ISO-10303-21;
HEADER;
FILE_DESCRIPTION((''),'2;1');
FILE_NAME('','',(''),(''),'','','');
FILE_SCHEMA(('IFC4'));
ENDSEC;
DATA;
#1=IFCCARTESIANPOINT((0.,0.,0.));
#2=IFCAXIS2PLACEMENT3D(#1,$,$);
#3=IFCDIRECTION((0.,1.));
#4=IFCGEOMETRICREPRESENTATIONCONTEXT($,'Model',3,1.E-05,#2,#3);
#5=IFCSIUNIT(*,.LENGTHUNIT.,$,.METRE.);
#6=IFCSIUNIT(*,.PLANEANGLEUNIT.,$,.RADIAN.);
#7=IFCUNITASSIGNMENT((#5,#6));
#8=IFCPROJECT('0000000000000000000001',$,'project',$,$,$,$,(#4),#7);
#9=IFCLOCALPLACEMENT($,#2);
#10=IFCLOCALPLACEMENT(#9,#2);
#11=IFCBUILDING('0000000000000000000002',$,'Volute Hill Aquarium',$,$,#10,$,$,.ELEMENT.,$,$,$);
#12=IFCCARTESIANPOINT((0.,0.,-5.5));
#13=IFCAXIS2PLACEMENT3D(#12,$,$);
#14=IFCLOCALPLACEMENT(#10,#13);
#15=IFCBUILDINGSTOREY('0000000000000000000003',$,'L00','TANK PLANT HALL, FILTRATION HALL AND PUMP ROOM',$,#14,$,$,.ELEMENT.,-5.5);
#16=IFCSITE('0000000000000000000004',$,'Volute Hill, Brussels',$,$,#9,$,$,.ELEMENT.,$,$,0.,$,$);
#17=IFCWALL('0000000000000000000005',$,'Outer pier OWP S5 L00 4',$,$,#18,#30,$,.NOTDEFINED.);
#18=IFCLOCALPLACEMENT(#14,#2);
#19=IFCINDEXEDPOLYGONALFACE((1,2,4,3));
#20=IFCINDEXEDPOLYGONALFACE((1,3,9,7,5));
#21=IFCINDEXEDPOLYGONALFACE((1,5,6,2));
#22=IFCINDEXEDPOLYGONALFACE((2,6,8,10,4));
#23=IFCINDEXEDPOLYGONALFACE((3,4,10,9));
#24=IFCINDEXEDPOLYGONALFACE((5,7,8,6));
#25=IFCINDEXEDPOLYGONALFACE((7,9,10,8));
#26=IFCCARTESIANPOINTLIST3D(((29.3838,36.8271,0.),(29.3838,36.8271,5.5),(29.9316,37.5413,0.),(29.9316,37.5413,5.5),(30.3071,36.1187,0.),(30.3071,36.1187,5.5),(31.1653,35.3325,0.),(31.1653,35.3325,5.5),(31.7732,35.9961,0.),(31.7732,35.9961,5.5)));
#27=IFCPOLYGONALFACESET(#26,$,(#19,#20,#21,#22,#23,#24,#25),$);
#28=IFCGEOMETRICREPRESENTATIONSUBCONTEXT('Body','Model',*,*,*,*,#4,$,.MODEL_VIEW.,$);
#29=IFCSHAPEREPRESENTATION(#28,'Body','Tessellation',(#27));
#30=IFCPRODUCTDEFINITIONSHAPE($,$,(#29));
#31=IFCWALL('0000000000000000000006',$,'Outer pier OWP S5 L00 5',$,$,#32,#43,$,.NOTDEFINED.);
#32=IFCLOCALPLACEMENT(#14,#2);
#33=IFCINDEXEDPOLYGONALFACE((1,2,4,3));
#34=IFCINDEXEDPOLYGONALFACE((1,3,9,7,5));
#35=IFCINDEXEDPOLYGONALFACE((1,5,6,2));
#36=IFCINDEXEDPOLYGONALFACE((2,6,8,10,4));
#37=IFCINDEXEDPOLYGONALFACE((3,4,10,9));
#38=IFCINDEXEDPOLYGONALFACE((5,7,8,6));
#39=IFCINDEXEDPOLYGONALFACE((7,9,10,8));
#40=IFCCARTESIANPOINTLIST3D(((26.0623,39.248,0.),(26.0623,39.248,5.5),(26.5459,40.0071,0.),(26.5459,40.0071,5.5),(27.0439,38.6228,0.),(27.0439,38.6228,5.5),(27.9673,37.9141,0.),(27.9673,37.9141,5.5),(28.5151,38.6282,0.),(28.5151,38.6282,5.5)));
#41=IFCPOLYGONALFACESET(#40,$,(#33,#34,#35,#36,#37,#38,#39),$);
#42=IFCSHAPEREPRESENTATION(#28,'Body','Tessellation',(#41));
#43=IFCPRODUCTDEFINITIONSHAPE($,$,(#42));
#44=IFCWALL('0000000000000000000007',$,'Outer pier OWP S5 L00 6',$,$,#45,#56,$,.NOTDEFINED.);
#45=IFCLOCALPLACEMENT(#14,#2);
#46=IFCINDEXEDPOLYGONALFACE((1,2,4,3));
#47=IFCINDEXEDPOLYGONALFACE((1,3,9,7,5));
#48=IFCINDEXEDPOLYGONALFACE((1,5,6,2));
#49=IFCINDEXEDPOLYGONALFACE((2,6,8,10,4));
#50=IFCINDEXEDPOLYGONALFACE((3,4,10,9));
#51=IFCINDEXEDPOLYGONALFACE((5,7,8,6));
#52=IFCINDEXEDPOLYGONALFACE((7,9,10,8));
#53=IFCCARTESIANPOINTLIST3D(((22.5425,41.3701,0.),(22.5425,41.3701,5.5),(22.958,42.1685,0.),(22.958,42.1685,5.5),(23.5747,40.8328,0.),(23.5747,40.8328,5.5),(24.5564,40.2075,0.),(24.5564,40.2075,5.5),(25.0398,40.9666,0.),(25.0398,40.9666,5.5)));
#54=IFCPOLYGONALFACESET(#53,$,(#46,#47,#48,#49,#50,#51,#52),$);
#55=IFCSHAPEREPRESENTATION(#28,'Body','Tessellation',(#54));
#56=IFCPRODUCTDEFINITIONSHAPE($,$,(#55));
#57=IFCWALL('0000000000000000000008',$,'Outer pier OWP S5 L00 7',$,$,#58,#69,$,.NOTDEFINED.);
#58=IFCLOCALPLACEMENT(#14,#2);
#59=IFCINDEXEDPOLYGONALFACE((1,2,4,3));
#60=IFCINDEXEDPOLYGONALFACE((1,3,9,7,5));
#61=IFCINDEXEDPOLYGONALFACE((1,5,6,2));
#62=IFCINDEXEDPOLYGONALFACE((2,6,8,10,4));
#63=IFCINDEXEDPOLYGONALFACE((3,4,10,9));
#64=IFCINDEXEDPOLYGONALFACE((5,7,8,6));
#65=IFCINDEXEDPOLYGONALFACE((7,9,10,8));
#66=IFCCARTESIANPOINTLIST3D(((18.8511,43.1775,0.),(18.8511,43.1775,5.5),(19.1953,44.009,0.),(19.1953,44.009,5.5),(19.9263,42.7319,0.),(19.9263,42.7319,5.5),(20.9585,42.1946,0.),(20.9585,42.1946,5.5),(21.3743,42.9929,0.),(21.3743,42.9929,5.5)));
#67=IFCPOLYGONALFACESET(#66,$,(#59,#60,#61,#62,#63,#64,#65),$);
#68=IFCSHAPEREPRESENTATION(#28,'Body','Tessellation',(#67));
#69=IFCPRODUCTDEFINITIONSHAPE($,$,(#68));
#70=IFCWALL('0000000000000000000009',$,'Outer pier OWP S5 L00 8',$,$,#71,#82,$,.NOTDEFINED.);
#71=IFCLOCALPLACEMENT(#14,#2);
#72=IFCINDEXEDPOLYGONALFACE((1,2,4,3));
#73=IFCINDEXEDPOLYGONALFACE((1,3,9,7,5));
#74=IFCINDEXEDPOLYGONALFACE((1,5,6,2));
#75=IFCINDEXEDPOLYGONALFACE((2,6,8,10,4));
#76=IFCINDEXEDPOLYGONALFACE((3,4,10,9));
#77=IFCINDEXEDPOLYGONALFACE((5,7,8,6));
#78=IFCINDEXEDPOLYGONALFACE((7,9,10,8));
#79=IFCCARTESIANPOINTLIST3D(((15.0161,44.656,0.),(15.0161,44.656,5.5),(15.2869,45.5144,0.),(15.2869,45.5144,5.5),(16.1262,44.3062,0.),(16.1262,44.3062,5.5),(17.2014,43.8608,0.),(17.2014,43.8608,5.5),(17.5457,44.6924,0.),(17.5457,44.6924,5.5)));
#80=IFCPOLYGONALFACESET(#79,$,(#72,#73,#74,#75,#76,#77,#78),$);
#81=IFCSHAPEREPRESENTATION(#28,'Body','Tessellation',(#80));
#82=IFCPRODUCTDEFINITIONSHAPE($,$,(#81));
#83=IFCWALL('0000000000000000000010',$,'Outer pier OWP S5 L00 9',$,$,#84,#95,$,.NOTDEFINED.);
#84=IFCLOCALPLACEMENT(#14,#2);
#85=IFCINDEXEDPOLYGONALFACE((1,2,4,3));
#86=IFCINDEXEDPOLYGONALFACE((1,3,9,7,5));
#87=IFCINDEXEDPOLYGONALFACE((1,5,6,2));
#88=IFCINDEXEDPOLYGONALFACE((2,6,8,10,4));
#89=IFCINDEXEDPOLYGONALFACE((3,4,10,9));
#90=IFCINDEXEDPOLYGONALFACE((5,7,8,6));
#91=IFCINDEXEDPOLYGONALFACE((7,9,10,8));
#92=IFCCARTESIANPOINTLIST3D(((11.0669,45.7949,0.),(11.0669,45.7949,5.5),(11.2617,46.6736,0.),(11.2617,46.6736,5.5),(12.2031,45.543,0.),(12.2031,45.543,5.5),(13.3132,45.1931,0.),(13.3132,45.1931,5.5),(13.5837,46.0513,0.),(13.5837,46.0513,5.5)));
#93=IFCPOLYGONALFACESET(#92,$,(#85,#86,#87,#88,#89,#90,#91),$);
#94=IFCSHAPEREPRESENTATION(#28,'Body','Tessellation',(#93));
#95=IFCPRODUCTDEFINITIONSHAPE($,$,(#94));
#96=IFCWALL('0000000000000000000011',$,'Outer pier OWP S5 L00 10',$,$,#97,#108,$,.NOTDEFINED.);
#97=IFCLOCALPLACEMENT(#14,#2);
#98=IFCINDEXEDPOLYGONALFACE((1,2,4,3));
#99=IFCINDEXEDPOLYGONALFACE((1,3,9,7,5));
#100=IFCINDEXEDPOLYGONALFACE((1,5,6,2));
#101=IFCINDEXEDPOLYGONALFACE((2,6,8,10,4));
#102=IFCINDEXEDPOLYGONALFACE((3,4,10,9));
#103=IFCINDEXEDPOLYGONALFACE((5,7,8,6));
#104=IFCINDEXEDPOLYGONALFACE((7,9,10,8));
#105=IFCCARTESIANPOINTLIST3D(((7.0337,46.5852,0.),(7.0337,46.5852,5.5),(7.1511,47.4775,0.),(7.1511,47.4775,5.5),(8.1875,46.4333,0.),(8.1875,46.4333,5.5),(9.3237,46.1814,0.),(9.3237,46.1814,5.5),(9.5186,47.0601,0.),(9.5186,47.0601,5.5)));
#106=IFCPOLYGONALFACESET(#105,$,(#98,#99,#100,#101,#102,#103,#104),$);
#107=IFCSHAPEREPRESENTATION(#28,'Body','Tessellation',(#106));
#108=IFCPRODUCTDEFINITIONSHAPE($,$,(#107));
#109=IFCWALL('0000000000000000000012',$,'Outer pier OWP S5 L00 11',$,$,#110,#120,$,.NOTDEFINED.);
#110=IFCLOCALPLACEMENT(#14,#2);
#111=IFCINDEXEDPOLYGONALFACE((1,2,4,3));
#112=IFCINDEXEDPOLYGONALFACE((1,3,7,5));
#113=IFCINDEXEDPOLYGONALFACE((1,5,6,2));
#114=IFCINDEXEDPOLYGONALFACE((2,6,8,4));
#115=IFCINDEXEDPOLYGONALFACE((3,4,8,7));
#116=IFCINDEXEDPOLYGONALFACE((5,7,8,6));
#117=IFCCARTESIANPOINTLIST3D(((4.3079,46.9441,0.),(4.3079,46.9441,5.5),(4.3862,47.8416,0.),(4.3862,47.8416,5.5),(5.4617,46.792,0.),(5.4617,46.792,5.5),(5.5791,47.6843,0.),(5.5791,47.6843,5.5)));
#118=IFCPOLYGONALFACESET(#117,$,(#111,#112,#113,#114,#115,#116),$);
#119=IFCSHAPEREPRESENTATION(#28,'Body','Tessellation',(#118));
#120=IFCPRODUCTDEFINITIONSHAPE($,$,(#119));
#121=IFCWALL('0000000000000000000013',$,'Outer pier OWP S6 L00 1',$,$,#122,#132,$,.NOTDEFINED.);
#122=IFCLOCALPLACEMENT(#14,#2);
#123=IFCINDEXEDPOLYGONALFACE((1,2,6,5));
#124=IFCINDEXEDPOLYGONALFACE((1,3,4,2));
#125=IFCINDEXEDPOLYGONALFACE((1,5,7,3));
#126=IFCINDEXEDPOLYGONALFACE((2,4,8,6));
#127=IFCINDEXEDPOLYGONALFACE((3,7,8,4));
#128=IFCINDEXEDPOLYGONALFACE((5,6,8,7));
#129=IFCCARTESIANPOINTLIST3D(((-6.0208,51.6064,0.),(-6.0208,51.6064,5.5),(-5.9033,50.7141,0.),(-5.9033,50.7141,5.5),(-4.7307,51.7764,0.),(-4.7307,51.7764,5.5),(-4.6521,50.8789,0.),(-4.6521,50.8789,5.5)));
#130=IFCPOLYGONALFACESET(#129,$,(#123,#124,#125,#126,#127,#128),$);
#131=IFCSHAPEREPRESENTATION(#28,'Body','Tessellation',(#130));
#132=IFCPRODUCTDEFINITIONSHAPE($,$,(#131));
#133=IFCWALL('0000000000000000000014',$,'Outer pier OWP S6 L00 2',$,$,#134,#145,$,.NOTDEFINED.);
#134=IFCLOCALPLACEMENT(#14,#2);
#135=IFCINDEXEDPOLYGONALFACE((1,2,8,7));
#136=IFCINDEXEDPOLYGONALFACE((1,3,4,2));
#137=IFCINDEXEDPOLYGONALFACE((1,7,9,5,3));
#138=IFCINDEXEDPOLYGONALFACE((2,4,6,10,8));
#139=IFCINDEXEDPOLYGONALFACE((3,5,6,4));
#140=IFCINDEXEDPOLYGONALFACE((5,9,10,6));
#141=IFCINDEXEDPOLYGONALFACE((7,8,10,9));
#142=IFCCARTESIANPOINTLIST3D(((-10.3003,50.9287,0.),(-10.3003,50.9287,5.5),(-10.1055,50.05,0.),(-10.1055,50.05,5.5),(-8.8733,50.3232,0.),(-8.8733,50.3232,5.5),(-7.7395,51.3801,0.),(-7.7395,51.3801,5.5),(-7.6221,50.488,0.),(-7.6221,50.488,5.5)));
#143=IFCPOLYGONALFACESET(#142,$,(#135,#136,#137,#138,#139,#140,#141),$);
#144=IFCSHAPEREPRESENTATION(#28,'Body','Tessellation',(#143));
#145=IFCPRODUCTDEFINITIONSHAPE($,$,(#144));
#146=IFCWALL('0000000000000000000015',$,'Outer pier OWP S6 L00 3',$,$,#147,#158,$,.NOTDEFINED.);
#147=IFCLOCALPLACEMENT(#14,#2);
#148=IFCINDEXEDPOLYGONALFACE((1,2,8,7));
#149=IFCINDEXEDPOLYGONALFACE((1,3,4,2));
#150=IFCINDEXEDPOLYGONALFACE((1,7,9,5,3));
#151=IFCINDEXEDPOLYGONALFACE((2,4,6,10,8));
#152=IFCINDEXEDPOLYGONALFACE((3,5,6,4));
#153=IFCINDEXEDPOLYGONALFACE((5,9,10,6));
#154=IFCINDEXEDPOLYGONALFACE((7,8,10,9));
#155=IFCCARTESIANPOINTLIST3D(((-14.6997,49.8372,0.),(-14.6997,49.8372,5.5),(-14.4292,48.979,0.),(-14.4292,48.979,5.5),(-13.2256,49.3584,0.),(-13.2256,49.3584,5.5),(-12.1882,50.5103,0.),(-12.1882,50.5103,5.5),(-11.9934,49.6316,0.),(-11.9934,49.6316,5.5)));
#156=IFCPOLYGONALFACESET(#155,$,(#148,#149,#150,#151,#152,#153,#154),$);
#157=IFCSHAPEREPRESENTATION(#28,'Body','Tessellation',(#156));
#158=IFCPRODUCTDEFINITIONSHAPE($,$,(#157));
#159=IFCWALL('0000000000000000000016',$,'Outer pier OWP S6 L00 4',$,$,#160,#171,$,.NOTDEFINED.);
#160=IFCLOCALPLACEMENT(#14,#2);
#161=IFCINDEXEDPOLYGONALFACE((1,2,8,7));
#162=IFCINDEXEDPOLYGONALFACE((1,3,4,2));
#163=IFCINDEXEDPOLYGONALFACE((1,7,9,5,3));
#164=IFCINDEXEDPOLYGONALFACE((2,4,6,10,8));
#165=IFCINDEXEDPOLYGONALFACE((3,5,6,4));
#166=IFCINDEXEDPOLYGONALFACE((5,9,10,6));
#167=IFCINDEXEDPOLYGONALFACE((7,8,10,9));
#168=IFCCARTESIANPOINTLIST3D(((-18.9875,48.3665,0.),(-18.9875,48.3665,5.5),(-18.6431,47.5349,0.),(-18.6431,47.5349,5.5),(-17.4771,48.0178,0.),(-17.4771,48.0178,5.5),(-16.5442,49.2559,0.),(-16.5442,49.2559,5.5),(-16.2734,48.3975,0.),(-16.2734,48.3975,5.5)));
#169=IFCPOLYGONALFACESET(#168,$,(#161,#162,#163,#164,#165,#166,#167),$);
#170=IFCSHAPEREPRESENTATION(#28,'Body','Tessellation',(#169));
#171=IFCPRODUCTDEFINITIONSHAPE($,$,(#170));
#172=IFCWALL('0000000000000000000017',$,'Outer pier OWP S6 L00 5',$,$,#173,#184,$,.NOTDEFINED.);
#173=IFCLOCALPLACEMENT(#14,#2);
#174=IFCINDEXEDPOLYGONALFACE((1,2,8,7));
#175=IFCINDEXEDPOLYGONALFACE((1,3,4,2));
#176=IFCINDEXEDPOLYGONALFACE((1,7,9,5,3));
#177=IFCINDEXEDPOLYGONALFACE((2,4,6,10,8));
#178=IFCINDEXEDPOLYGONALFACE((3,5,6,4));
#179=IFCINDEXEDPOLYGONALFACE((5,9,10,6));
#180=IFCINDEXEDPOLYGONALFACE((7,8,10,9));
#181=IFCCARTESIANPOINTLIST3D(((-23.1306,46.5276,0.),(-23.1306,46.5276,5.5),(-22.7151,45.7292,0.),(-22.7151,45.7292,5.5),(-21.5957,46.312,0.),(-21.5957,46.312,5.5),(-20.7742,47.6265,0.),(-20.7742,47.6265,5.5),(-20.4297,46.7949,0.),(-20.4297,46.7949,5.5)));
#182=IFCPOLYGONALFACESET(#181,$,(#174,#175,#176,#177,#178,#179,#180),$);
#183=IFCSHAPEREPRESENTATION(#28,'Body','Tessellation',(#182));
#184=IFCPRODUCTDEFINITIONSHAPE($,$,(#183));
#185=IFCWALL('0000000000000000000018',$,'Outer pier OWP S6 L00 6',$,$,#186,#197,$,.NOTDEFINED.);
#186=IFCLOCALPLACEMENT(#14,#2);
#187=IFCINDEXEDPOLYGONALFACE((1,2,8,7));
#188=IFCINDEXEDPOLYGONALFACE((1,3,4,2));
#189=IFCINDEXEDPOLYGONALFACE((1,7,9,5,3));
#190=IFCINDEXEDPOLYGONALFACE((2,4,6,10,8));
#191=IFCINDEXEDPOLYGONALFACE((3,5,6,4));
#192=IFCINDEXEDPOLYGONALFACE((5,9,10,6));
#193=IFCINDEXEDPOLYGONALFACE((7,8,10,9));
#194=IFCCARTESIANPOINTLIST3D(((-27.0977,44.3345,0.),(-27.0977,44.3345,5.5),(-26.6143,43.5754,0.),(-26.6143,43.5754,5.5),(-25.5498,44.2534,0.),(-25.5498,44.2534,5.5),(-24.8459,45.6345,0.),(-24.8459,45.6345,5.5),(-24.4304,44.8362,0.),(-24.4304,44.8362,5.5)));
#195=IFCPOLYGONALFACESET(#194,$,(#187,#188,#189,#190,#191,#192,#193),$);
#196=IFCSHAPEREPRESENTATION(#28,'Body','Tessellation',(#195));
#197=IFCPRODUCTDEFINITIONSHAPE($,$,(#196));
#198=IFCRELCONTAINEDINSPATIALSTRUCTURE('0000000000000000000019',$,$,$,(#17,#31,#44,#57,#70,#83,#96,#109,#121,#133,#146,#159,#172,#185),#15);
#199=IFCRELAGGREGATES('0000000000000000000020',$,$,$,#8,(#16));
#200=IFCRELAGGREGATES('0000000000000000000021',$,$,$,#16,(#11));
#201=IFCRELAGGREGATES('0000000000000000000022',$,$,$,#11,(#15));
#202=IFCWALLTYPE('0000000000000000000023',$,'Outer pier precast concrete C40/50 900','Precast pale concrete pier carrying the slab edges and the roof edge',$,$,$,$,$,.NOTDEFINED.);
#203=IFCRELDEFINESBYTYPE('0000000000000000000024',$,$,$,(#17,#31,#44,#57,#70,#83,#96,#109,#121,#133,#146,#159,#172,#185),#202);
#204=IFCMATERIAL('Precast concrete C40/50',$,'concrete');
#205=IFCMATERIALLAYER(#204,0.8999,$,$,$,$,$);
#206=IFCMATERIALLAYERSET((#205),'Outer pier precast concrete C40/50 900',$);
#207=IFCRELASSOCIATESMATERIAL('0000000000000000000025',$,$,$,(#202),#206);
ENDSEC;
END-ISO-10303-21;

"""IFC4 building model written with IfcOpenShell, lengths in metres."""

from ifc_helpers import new_model, si_unit, direction, frame, origin, place, context, subcontext, project, spatial, polyline, outline, extrude, material, layer, layer_set, type_object, element, save


model = new_model("IFC4")

# Units and contexts
model_context = context("Model", 3, precision=1e-05, world=origin(), true_north=direction((0.0, 1.0)))
body_context = subcontext(model_context, "Body", "Model", "MODEL_VIEW")
ifc_project = project(units=[si_unit("LENGTHUNIT", "METRE"), si_unit("PLANEANGLEUNIT", "RADIAN")], contexts=[model_context])

# Site, building, storey
site_placement = place(None, origin())
site = spatial("IfcSite", under=ifc_project, at=site_placement, Name="Volute Hill, Brussels", CompositionType="ELEMENT", RefElevation=0.0)
building_placement = place(site_placement, origin())
building = spatial("IfcBuilding", under=site, at=building_placement, Name="Volute Hill Aquarium", CompositionType="ELEMENT")
storey_placement = place(building_placement, frame((0.0, 0.0, -5.5)))
storey = spatial("IfcBuildingStorey", under=building, at=storey_placement, Name="L00", Description="TANK PLANT HALL, FILTRATION HALL AND PUMP ROOM", CompositionType="ELEMENT", Elevation=-5.5)

# Walls
ifc_material_1 = material(Name="Precast concrete C40/50", Category="concrete")
ifc_layer_1 = layer(ifc_material_1, 0.8999)
ifc_layer_set_1 = layer_set([ifc_layer_1], Name="Outer pier precast concrete C40/50 900")
wall_type = type_object("IfcWallType", Name="Outer pier precast concrete C40/50 900", Description="Precast pale concrete pier carrying the slab edges and the roof edge", PredefinedType="NOTDEFINED", material=ifc_layer_set_1)
wall_1_placement = place(storey_placement, origin())
element("IfcWall", 1, at=wall_1_placement, inside=storey, type_object=wall_type, Name="Outer pier OWP S5 L00 4", PredefinedType="NOTDEFINED", context=body_context, shape_type="SweptSolid", body=[
    extrude(outline(polyline([(31.1653, 35.3325), (31.7732, 35.9961), (29.9316, 37.5413), (29.3838, 36.8271), (30.3071, 36.1187), (31.1653, 35.3325)])), origin(), (0.0, 0.0, 1.0), 5.5),
])
wall_2_placement = place(storey_placement, origin())
element("IfcWall", 2, at=wall_2_placement, inside=storey, type_object=wall_type, Name="Outer pier OWP S5 L00 5", PredefinedType="NOTDEFINED", context=body_context, shape_type="SweptSolid", body=[
    extrude(outline(polyline([(27.9673, 37.9141), (28.5151, 38.6282), (26.5459, 40.0071), (26.0623, 39.248), (27.0439, 38.6228), (27.9673, 37.9141)])), origin(), (0.0, 0.0, 1.0), 5.5),
])
wall_3_placement = place(storey_placement, origin())
element("IfcWall", 3, at=wall_3_placement, inside=storey, type_object=wall_type, Name="Outer pier OWP S5 L00 6", PredefinedType="NOTDEFINED", context=body_context, shape_type="SweptSolid", body=[
    extrude(outline(polyline([(24.5564, 40.2075), (25.0398, 40.9666), (22.958, 42.1685), (22.5425, 41.3701), (23.5747, 40.8328), (24.5564, 40.2075)])), origin(), (0.0, 0.0, 1.0), 5.5),
])
wall_4_placement = place(storey_placement, origin())
element("IfcWall", 4, at=wall_4_placement, inside=storey, type_object=wall_type, Name="Outer pier OWP S5 L00 7", PredefinedType="NOTDEFINED", context=body_context, shape_type="SweptSolid", body=[
    extrude(outline(polyline([(20.9585, 42.1946), (21.3743, 42.9929), (19.1953, 44.009), (18.8511, 43.1775), (19.9263, 42.7319), (20.9585, 42.1946)])), origin(), (0.0, 0.0, 1.0), 5.5),
])
wall_5_placement = place(storey_placement, origin())
element("IfcWall", 5, at=wall_5_placement, inside=storey, type_object=wall_type, Name="Outer pier OWP S5 L00 8", PredefinedType="NOTDEFINED", context=body_context, shape_type="SweptSolid", body=[
    extrude(outline(polyline([(17.2014, 43.8608), (17.5457, 44.6924), (15.2869, 45.5144), (15.0161, 44.656), (16.1262, 44.3062), (17.2014, 43.8608)])), origin(), (0.0, 0.0, 1.0), 5.5),
])
wall_6_placement = place(storey_placement, origin())
element("IfcWall", 6, at=wall_6_placement, inside=storey, type_object=wall_type, Name="Outer pier OWP S5 L00 9", PredefinedType="NOTDEFINED", context=body_context, shape_type="SweptSolid", body=[
    extrude(outline(polyline([(13.3132, 45.1931), (13.5837, 46.0513), (11.2617, 46.6736), (11.0669, 45.7949), (12.2031, 45.543), (13.3132, 45.1931)])), origin(), (0.0, 0.0, 1.0), 5.5),
])
wall_7_placement = place(storey_placement, origin())
element("IfcWall", 7, at=wall_7_placement, inside=storey, type_object=wall_type, Name="Outer pier OWP S5 L00 10", PredefinedType="NOTDEFINED", context=body_context, shape_type="SweptSolid", body=[
    extrude(outline(polyline([(9.3237, 46.1814), (9.5186, 47.0601), (7.1511, 47.4775), (7.0337, 46.5852), (8.1875, 46.4333), (9.3237, 46.1814)])), origin(), (0.0, 0.0, 1.0), 5.5),
])
wall_8_placement = place(storey_placement, origin())
element("IfcWall", 8, at=wall_8_placement, inside=storey, type_object=wall_type, Name="Outer pier OWP S5 L00 11", PredefinedType="NOTDEFINED", context=body_context, shape_type="SweptSolid", body=[
    extrude(outline(polyline([(5.4617, 46.792), (5.5791, 47.6843), (4.3862, 47.8416), (4.3079, 46.9441), (5.4617, 46.792)])), origin(), (0.0, 0.0, 1.0), 5.5),
])
wall_9_placement = place(storey_placement, origin())
element("IfcWall", 9, at=wall_9_placement, inside=storey, type_object=wall_type, Name="Outer pier OWP S6 L00 1", PredefinedType="NOTDEFINED", context=body_context, shape_type="SweptSolid", body=[
    extrude(outline(polyline([(-4.6521, 50.8789), (-4.7307, 51.7764), (-6.0208, 51.6064), (-5.9033, 50.7141), (-4.6521, 50.8789)])), origin(), (0.0, 0.0, 1.0), 5.5),
])
wall_10_placement = place(storey_placement, origin())
element("IfcWall", 10, at=wall_10_placement, inside=storey, type_object=wall_type, Name="Outer pier OWP S6 L00 2", PredefinedType="NOTDEFINED", context=body_context, shape_type="SweptSolid", body=[
    extrude(outline(polyline([(-7.6221, 50.488), (-7.7395, 51.3801), (-10.3003, 50.9287), (-10.1055, 50.05), (-8.8733, 50.3232), (-7.6221, 50.488)])), origin(), (0.0, 0.0, 1.0), 5.5),
])
wall_11_placement = place(storey_placement, origin())
element("IfcWall", 11, at=wall_11_placement, inside=storey, type_object=wall_type, Name="Outer pier OWP S6 L00 3", PredefinedType="NOTDEFINED", context=body_context, shape_type="SweptSolid", body=[
    extrude(outline(polyline([(-11.9934, 49.6316), (-12.1882, 50.5103), (-14.6997, 49.8372), (-14.4292, 48.979), (-13.2256, 49.3584), (-11.9934, 49.6316)])), origin(), (0.0, 0.0, 1.0), 5.5),
])
wall_12_placement = place(storey_placement, origin())
element("IfcWall", 12, at=wall_12_placement, inside=storey, type_object=wall_type, Name="Outer pier OWP S6 L00 4", PredefinedType="NOTDEFINED", context=body_context, shape_type="SweptSolid", body=[
    extrude(outline(polyline([(-16.2734, 48.3975), (-16.5442, 49.2559), (-18.9875, 48.3665), (-18.6431, 47.5349), (-17.4771, 48.0178), (-16.2734, 48.3975)])), origin(), (0.0, 0.0, 1.0), 5.5),
])
wall_13_placement = place(storey_placement, origin())
element("IfcWall", 13, at=wall_13_placement, inside=storey, type_object=wall_type, Name="Outer pier OWP S6 L00 5", PredefinedType="NOTDEFINED", context=body_context, shape_type="SweptSolid", body=[
    extrude(outline(polyline([(-20.4297, 46.7949), (-20.7742, 47.6265), (-23.1306, 46.5276), (-22.7151, 45.7292), (-21.5957, 46.312), (-20.4297, 46.7949)])), origin(), (0.0, 0.0, 1.0), 5.5),
])
wall_14_placement = place(storey_placement, origin())
element("IfcWall", 14, at=wall_14_placement, inside=storey, type_object=wall_type, Name="Outer pier OWP S6 L00 6", PredefinedType="NOTDEFINED", context=body_context, shape_type="SweptSolid", body=[
    extrude(outline(polyline([(-24.4304, 44.8362), (-24.8459, 45.6345), (-27.0977, 44.3345), (-26.6143, 43.5754), (-25.5498, 44.2534), (-24.4304, 44.8362)])), origin(), (0.0, 0.0, 1.0), 5.5),
])

save(model, "model.ifc")
